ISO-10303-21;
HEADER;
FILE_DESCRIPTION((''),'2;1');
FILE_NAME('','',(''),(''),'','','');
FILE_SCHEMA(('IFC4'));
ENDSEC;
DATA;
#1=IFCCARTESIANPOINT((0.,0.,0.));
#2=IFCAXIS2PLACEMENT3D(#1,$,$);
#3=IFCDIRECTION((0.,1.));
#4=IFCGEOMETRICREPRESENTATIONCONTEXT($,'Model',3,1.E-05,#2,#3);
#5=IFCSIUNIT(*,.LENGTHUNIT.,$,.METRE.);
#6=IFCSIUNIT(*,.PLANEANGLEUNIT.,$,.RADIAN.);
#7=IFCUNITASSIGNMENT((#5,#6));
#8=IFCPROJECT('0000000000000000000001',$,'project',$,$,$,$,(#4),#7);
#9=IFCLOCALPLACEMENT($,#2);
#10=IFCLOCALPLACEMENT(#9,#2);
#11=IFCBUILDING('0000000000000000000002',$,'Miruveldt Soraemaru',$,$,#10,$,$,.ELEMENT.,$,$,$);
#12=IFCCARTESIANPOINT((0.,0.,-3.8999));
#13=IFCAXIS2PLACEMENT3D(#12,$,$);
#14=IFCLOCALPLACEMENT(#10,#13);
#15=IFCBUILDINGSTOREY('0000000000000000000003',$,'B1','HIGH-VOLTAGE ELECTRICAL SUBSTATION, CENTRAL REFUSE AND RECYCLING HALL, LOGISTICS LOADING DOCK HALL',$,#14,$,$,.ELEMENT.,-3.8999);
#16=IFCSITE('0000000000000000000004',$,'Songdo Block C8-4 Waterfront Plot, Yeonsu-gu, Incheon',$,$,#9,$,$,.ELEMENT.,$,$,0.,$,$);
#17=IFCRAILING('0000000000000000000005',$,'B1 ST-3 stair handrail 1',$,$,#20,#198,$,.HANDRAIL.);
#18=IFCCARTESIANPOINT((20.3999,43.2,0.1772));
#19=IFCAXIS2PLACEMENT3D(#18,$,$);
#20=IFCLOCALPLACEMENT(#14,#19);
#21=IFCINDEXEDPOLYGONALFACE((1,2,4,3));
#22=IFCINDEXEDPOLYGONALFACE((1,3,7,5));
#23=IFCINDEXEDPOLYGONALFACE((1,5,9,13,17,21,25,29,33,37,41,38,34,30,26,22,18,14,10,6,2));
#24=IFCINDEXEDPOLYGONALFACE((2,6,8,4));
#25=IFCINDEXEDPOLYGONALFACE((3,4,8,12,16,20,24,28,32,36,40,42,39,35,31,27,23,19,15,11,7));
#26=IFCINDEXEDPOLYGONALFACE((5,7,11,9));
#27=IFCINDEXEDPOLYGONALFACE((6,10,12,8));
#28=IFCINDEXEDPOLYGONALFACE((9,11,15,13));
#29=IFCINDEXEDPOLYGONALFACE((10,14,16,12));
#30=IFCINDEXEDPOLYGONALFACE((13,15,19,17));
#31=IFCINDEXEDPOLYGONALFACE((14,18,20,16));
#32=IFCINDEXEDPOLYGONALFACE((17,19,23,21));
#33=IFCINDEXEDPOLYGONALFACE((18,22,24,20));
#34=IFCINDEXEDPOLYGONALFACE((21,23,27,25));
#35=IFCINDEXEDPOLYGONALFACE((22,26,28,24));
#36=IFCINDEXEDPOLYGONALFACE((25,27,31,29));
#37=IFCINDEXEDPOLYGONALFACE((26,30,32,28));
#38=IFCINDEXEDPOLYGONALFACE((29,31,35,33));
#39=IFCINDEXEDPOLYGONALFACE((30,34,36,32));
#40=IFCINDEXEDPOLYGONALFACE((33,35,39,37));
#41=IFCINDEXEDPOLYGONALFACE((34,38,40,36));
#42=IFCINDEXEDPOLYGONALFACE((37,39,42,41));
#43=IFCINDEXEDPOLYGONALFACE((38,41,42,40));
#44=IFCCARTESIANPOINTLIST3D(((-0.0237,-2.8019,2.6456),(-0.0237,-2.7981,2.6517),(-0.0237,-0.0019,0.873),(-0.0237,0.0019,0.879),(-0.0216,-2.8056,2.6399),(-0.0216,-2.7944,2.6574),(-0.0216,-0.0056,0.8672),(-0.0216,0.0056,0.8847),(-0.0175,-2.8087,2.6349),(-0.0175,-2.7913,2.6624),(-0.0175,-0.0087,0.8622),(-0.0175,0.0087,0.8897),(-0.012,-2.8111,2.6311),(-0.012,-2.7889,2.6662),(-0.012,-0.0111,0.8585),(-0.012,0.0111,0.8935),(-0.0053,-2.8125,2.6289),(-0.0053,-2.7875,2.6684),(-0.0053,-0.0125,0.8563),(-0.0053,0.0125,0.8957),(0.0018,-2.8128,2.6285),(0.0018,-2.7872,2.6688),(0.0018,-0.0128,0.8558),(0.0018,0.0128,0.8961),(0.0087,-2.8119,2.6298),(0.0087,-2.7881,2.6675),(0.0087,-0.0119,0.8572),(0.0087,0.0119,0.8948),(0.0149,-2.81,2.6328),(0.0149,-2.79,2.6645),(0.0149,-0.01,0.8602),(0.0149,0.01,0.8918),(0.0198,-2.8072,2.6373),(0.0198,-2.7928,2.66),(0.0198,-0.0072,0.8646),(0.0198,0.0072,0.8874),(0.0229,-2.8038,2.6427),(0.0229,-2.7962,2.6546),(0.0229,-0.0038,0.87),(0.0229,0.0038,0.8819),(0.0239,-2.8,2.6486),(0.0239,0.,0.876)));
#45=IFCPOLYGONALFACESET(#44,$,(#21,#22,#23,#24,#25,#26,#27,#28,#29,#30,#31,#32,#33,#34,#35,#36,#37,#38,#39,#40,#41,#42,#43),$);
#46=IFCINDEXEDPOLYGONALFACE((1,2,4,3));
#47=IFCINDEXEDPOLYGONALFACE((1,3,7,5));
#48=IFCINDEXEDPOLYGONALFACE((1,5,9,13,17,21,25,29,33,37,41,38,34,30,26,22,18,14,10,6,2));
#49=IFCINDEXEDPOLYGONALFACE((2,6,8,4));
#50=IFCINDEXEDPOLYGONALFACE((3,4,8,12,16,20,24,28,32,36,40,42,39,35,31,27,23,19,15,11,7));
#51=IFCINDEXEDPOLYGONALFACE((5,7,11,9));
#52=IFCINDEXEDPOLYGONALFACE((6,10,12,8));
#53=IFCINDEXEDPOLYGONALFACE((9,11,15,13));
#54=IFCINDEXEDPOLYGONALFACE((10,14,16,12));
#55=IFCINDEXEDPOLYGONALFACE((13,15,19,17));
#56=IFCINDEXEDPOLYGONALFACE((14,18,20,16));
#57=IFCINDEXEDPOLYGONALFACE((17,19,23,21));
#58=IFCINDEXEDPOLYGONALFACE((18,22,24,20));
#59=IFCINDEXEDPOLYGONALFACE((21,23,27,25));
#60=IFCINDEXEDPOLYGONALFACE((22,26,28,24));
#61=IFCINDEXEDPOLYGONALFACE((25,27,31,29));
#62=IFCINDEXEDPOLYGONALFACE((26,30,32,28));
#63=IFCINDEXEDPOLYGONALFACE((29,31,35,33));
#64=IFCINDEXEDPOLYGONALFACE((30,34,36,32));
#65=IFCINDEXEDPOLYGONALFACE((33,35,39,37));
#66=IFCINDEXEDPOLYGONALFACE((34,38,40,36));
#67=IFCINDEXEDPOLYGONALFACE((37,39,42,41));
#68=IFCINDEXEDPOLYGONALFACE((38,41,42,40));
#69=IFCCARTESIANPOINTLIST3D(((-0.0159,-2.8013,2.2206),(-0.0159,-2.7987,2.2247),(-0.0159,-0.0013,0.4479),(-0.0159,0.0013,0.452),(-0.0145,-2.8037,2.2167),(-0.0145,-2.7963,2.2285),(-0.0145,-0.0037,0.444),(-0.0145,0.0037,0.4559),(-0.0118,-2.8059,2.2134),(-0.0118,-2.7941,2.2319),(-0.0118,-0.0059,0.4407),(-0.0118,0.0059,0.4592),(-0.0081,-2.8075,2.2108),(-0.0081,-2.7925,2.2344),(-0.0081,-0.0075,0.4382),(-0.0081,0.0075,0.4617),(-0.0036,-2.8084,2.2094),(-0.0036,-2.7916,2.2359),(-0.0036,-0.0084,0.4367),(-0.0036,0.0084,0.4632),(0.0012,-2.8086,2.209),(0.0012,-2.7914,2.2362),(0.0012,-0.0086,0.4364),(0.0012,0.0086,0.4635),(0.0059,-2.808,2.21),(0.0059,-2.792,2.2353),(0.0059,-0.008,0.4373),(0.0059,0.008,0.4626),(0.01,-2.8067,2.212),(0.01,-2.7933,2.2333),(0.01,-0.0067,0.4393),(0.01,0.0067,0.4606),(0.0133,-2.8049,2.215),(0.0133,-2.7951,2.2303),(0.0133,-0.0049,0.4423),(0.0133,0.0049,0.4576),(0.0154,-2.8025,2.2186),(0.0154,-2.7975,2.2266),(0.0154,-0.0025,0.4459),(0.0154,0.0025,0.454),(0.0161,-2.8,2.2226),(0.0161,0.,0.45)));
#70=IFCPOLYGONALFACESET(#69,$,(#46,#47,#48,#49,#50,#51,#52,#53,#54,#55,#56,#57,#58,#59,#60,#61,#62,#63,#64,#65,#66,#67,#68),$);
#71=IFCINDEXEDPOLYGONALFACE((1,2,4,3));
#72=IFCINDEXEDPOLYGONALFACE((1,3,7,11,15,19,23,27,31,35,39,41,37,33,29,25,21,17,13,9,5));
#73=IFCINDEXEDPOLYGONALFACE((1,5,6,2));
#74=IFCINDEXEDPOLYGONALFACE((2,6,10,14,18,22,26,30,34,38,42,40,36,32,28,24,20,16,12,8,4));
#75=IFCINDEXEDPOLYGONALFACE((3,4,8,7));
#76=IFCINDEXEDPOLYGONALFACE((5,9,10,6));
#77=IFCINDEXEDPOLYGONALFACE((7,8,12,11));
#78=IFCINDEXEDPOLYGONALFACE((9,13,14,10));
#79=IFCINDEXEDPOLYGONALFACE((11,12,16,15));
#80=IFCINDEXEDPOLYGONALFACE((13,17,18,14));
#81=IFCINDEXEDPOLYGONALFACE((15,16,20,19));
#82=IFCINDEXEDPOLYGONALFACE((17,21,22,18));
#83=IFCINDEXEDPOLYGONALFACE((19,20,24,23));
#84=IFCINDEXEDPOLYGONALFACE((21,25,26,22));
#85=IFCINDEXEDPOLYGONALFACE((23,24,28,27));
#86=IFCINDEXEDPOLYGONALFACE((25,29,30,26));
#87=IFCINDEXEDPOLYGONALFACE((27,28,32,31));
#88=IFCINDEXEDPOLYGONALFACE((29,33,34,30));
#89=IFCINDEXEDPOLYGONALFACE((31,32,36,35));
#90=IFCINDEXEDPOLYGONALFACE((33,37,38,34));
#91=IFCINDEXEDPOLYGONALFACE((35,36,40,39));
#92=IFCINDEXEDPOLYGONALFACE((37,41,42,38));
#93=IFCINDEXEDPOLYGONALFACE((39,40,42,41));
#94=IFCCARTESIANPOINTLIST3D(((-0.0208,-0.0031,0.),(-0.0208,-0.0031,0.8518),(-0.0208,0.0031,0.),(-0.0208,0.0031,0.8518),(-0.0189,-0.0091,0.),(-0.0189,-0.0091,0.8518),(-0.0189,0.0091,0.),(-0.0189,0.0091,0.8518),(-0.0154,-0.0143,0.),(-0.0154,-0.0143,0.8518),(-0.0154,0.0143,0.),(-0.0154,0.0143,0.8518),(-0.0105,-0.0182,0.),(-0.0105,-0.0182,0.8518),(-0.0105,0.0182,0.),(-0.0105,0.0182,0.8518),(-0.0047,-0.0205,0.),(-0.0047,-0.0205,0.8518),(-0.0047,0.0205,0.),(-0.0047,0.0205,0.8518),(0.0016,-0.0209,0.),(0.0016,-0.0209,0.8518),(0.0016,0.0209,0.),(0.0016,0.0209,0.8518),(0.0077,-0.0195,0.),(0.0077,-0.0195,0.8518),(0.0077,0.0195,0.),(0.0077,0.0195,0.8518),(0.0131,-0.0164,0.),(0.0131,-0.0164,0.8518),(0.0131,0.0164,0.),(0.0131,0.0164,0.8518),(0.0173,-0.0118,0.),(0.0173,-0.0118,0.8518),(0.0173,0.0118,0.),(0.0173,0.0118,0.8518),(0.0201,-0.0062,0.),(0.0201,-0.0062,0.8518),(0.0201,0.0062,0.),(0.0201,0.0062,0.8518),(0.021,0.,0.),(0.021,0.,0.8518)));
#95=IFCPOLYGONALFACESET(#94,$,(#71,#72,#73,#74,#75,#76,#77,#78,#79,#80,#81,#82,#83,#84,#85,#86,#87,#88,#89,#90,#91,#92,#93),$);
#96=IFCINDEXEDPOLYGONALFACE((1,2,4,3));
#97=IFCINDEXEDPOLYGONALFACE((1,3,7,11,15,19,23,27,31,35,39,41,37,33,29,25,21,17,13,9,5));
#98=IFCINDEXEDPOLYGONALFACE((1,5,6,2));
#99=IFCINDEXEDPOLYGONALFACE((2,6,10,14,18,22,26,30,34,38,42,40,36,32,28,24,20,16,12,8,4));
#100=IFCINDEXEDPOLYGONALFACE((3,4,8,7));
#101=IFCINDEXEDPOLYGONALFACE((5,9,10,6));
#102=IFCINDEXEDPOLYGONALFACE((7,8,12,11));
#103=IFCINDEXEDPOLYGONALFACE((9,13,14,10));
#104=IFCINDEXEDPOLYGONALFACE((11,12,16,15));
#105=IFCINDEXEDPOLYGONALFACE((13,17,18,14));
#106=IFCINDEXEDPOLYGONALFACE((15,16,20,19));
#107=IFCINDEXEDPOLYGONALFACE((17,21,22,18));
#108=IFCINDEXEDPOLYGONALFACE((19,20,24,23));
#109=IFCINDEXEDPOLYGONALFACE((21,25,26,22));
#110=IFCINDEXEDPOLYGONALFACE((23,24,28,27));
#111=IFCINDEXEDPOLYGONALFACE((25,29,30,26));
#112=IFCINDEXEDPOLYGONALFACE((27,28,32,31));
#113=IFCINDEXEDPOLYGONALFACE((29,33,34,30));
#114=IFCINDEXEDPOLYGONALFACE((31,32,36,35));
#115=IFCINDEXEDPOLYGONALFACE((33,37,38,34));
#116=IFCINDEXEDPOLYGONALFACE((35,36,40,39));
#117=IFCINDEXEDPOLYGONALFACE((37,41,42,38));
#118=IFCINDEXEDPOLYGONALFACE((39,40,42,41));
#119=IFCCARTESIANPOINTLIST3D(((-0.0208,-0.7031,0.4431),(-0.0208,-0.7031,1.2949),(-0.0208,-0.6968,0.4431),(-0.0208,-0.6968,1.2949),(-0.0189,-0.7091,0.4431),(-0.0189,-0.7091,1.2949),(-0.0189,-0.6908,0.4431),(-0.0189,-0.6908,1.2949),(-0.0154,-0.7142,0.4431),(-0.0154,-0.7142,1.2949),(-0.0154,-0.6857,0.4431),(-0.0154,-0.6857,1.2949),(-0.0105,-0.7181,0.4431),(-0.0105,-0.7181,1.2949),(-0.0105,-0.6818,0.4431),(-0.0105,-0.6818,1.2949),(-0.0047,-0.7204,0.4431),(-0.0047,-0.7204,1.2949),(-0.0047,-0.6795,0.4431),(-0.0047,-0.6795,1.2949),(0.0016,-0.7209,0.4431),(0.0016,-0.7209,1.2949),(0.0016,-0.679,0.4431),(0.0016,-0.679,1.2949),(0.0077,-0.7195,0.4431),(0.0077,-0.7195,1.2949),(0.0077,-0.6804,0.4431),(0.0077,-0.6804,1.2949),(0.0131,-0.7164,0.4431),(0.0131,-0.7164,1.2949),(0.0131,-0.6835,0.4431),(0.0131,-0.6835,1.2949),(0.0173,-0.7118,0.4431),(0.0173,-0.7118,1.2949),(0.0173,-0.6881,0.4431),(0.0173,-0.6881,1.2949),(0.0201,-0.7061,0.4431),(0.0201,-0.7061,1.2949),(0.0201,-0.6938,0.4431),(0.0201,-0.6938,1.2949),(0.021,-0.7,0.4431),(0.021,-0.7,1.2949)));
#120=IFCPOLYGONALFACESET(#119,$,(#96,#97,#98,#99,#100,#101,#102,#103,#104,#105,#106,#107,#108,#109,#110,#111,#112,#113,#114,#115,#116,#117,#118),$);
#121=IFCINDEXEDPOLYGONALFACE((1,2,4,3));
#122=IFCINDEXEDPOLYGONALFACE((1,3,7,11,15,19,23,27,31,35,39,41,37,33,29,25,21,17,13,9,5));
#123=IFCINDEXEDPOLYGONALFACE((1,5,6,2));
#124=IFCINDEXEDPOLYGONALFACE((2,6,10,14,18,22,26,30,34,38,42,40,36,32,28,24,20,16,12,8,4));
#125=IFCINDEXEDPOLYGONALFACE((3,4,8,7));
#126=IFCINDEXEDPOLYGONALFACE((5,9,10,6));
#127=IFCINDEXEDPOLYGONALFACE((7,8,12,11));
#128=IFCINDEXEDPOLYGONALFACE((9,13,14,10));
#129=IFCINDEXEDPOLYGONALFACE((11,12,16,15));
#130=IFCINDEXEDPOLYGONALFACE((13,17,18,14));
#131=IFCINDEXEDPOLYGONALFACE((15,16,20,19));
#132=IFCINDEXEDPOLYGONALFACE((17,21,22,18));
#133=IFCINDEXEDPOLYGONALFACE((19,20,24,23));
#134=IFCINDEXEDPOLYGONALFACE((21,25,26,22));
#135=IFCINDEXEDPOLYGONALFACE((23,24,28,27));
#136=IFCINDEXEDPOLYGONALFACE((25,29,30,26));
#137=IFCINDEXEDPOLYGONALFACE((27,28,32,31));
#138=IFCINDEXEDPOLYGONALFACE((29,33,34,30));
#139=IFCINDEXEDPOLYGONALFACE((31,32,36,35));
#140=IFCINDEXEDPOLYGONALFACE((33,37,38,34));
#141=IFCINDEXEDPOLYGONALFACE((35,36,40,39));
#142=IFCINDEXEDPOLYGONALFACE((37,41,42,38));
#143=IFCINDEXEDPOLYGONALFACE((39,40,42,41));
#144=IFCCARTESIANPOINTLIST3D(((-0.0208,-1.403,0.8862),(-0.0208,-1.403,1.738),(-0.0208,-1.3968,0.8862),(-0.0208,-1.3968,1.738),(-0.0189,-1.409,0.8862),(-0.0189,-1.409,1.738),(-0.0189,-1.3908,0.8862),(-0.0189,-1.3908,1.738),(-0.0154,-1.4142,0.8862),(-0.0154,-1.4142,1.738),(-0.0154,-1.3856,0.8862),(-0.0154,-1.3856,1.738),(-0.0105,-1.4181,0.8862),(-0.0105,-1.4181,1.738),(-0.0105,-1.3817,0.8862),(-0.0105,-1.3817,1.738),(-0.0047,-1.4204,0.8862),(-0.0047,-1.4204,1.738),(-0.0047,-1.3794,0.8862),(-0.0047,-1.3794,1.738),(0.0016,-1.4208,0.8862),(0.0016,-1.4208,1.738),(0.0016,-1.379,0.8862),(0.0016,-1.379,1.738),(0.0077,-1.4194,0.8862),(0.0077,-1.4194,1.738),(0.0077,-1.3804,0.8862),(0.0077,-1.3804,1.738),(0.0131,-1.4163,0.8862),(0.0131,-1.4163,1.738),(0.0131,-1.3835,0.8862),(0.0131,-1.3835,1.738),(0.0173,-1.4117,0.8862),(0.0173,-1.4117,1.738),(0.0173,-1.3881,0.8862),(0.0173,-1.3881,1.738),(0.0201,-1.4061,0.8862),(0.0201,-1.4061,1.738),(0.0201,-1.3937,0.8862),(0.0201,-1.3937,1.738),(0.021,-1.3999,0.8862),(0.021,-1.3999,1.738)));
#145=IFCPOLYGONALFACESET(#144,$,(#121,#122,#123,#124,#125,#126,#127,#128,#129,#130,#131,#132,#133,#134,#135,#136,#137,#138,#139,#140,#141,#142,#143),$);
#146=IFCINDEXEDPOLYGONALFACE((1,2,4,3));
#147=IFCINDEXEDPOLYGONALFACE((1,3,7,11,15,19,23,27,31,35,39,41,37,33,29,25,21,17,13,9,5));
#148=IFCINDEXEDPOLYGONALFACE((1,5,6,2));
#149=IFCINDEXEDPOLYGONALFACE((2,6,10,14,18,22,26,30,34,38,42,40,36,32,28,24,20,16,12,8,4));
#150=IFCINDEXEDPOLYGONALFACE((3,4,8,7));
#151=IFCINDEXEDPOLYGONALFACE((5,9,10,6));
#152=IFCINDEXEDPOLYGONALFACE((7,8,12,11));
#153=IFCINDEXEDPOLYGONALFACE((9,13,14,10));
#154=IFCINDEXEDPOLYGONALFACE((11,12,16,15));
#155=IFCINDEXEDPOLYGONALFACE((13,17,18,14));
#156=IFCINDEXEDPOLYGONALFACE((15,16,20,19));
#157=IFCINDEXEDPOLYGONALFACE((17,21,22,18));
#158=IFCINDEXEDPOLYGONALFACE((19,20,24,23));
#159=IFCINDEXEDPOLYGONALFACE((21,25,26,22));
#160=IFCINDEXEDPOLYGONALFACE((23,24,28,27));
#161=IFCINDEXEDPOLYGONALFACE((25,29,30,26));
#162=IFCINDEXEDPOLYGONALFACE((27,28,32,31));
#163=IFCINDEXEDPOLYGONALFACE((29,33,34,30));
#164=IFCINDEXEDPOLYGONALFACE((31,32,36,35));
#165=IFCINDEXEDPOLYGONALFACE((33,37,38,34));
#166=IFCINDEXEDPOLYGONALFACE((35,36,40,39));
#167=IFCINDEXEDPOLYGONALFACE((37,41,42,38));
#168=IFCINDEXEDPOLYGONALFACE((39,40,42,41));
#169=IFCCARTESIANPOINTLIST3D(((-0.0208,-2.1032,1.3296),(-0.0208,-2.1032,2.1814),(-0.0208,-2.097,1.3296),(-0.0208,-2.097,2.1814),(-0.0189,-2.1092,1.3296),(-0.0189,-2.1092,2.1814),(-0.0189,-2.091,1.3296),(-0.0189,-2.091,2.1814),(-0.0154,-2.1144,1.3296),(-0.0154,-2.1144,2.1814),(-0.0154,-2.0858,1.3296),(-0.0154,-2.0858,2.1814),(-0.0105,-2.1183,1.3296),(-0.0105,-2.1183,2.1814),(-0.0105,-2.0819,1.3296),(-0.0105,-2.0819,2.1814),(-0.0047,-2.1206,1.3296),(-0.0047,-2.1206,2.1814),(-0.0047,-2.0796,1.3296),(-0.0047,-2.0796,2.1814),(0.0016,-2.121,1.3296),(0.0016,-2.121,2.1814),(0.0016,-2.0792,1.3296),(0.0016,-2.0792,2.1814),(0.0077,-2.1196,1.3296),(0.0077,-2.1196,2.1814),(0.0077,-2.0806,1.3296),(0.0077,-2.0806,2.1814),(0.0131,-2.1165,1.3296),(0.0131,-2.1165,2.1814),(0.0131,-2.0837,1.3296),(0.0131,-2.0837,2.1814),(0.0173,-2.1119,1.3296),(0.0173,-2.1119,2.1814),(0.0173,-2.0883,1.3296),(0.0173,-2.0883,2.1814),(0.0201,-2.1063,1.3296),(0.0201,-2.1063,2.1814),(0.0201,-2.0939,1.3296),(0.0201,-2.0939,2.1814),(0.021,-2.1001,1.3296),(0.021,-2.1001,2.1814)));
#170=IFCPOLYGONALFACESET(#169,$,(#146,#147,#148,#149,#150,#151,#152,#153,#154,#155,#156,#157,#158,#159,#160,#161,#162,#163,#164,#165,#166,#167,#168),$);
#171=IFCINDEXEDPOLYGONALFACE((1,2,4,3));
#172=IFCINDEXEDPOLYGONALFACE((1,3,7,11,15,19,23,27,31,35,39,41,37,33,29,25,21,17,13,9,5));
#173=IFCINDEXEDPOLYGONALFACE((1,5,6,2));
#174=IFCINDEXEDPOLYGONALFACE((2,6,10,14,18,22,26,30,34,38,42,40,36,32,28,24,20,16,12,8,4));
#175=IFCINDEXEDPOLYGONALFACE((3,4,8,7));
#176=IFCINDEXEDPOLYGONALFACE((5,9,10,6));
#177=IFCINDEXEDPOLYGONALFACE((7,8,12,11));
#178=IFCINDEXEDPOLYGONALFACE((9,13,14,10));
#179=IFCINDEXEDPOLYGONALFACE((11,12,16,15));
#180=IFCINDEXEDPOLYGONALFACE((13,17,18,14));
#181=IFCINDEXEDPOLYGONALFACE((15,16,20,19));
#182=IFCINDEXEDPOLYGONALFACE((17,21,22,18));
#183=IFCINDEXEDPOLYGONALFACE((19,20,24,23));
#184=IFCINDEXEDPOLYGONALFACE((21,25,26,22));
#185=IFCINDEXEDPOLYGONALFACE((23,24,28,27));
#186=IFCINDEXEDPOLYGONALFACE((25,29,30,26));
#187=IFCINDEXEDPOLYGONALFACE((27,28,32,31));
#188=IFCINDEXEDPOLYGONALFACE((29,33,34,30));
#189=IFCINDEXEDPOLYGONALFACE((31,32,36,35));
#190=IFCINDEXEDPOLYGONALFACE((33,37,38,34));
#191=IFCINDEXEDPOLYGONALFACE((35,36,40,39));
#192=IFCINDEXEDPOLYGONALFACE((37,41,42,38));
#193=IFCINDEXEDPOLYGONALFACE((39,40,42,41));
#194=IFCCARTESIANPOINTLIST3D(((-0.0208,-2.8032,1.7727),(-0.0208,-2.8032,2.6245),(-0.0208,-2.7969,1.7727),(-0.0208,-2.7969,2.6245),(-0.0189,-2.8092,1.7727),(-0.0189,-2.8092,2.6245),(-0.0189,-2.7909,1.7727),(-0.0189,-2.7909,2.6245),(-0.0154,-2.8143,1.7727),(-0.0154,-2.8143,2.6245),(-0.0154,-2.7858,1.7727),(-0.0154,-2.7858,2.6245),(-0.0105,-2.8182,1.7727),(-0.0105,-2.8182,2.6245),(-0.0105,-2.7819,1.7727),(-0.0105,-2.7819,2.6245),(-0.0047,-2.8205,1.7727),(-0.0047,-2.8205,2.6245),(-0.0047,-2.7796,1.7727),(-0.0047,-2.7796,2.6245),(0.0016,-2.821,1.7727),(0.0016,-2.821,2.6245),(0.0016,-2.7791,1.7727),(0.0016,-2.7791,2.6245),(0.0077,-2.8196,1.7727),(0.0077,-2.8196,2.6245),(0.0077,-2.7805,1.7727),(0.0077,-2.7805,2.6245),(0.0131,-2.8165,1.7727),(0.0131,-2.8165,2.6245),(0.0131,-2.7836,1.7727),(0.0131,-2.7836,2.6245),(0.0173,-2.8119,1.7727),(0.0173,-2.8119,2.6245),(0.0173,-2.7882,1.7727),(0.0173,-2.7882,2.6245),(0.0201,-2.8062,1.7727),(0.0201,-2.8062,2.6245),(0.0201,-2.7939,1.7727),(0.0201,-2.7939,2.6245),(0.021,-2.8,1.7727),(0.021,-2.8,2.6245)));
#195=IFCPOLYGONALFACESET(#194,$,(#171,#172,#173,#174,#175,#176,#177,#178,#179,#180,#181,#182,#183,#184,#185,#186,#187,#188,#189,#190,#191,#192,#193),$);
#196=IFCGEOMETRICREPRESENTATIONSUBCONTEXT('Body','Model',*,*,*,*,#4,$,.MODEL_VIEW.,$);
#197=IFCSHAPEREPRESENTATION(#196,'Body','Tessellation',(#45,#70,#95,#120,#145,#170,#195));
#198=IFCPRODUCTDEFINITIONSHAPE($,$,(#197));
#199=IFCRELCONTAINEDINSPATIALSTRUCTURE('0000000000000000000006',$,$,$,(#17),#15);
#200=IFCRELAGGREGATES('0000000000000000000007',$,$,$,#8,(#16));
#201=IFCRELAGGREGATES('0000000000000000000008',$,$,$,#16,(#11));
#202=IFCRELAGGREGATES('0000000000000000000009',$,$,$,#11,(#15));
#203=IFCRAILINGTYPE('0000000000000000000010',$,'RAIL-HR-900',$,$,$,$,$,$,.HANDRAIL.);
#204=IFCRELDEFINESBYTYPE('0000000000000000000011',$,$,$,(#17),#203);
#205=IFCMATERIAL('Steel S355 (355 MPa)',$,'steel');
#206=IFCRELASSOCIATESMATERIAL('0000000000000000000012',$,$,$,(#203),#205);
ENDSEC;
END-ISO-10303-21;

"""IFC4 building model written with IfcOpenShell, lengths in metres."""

from ifc_helpers import new_model, si_unit, direction, frame, origin, origin_2d, place, context, subcontext, project, spatial, circle, extrude, material, type_object, element, save


model = new_model("IFC4")

# Units and contexts
model_context = context("Model", 3, precision=1e-05, world=origin(), true_north=direction((0.0, 1.0)))
body_context = subcontext(model_context, "Body", "Model", "MODEL_VIEW")
ifc_project = project(units=[si_unit("LENGTHUNIT", "METRE"), si_unit("PLANEANGLEUNIT", "RADIAN")], contexts=[model_context])

# Site, building, storey
site_placement = place(None, origin())
site = spatial("IfcSite", under=ifc_project, at=site_placement, Name="Songdo Block C8-4 Waterfront Plot, Yeonsu-gu, Incheon", CompositionType="ELEMENT", RefElevation=0.0)
building_placement = place(site_placement, origin())
building = spatial("IfcBuilding", under=site, at=building_placement, Name="Miruveldt Soraemaru", CompositionType="ELEMENT")
storey_placement = place(building_placement, frame((0.0, 0.0, -3.8999)))
storey = spatial("IfcBuildingStorey", under=building, at=storey_placement, Name="B1", Description="HIGH-VOLTAGE ELECTRICAL SUBSTATION, CENTRAL REFUSE AND RECYCLING HALL, LOGISTICS LOADING DOCK HALL", CompositionType="ELEMENT", Elevation=-3.8999)

# Railing
ifc_material_1 = material(Name="Steel S355 (355 MPa)", Category="steel")
railing_type_1 = type_object("IfcRailingType", Name="RAIL-HR-900", PredefinedType="HANDRAIL", material=ifc_material_1)
for number, where, name in (
    (1, (20.3999, 43.2, 0.1772), "B1 ST-3 stair handrail 1"),
):
    element("IfcRailing", number, at=place(storey_placement, frame(where)), inside=storey, type_object=railing_type_1, Name=name, PredefinedType="HANDRAIL", context=body_context, shape_type="SweptSolid", body=[
        extrude(circle(Radius=0.0239, at=origin_2d()), frame((0.0, 0.0, 0.876), z_axis=(0.0, -0.844909, 0.53491), x_axis=(1.0, 0.0, 0.0)), (0.0, 0.0, 1.0), 3.314),
        extrude(circle(Radius=0.0161, at=origin_2d()), frame((0.0, 0.0, 0.45), z_axis=(0.0, -0.844909, 0.53491), x_axis=(1.0, 0.0, 0.0)), (0.0, 0.0, 1.0), 3.314),
        extrude(circle(Radius=0.021, at=origin_2d()), origin(), (0.0, 0.0, 1.0), 0.8518),
        extrude(circle(Radius=0.021, at=origin_2d()), frame((0.0, -0.7, 0.4431)), (0.0, 0.0, 1.0), 0.8518),
        extrude(circle(Radius=0.021, at=origin_2d()), frame((0.0, -1.3999, 0.8862)), (0.0, 0.0, 1.0), 0.8518),
        extrude(circle(Radius=0.021, at=origin_2d()), frame((0.0, -2.1001, 1.3296)), (0.0, 0.0, 1.0), 0.8518),
        extrude(circle(Radius=0.021, at=origin_2d()), frame((0.0, -2.8, 1.7727)), (0.0, 0.0, 1.0), 0.8518),
    ])

save(model, "model.ifc")
